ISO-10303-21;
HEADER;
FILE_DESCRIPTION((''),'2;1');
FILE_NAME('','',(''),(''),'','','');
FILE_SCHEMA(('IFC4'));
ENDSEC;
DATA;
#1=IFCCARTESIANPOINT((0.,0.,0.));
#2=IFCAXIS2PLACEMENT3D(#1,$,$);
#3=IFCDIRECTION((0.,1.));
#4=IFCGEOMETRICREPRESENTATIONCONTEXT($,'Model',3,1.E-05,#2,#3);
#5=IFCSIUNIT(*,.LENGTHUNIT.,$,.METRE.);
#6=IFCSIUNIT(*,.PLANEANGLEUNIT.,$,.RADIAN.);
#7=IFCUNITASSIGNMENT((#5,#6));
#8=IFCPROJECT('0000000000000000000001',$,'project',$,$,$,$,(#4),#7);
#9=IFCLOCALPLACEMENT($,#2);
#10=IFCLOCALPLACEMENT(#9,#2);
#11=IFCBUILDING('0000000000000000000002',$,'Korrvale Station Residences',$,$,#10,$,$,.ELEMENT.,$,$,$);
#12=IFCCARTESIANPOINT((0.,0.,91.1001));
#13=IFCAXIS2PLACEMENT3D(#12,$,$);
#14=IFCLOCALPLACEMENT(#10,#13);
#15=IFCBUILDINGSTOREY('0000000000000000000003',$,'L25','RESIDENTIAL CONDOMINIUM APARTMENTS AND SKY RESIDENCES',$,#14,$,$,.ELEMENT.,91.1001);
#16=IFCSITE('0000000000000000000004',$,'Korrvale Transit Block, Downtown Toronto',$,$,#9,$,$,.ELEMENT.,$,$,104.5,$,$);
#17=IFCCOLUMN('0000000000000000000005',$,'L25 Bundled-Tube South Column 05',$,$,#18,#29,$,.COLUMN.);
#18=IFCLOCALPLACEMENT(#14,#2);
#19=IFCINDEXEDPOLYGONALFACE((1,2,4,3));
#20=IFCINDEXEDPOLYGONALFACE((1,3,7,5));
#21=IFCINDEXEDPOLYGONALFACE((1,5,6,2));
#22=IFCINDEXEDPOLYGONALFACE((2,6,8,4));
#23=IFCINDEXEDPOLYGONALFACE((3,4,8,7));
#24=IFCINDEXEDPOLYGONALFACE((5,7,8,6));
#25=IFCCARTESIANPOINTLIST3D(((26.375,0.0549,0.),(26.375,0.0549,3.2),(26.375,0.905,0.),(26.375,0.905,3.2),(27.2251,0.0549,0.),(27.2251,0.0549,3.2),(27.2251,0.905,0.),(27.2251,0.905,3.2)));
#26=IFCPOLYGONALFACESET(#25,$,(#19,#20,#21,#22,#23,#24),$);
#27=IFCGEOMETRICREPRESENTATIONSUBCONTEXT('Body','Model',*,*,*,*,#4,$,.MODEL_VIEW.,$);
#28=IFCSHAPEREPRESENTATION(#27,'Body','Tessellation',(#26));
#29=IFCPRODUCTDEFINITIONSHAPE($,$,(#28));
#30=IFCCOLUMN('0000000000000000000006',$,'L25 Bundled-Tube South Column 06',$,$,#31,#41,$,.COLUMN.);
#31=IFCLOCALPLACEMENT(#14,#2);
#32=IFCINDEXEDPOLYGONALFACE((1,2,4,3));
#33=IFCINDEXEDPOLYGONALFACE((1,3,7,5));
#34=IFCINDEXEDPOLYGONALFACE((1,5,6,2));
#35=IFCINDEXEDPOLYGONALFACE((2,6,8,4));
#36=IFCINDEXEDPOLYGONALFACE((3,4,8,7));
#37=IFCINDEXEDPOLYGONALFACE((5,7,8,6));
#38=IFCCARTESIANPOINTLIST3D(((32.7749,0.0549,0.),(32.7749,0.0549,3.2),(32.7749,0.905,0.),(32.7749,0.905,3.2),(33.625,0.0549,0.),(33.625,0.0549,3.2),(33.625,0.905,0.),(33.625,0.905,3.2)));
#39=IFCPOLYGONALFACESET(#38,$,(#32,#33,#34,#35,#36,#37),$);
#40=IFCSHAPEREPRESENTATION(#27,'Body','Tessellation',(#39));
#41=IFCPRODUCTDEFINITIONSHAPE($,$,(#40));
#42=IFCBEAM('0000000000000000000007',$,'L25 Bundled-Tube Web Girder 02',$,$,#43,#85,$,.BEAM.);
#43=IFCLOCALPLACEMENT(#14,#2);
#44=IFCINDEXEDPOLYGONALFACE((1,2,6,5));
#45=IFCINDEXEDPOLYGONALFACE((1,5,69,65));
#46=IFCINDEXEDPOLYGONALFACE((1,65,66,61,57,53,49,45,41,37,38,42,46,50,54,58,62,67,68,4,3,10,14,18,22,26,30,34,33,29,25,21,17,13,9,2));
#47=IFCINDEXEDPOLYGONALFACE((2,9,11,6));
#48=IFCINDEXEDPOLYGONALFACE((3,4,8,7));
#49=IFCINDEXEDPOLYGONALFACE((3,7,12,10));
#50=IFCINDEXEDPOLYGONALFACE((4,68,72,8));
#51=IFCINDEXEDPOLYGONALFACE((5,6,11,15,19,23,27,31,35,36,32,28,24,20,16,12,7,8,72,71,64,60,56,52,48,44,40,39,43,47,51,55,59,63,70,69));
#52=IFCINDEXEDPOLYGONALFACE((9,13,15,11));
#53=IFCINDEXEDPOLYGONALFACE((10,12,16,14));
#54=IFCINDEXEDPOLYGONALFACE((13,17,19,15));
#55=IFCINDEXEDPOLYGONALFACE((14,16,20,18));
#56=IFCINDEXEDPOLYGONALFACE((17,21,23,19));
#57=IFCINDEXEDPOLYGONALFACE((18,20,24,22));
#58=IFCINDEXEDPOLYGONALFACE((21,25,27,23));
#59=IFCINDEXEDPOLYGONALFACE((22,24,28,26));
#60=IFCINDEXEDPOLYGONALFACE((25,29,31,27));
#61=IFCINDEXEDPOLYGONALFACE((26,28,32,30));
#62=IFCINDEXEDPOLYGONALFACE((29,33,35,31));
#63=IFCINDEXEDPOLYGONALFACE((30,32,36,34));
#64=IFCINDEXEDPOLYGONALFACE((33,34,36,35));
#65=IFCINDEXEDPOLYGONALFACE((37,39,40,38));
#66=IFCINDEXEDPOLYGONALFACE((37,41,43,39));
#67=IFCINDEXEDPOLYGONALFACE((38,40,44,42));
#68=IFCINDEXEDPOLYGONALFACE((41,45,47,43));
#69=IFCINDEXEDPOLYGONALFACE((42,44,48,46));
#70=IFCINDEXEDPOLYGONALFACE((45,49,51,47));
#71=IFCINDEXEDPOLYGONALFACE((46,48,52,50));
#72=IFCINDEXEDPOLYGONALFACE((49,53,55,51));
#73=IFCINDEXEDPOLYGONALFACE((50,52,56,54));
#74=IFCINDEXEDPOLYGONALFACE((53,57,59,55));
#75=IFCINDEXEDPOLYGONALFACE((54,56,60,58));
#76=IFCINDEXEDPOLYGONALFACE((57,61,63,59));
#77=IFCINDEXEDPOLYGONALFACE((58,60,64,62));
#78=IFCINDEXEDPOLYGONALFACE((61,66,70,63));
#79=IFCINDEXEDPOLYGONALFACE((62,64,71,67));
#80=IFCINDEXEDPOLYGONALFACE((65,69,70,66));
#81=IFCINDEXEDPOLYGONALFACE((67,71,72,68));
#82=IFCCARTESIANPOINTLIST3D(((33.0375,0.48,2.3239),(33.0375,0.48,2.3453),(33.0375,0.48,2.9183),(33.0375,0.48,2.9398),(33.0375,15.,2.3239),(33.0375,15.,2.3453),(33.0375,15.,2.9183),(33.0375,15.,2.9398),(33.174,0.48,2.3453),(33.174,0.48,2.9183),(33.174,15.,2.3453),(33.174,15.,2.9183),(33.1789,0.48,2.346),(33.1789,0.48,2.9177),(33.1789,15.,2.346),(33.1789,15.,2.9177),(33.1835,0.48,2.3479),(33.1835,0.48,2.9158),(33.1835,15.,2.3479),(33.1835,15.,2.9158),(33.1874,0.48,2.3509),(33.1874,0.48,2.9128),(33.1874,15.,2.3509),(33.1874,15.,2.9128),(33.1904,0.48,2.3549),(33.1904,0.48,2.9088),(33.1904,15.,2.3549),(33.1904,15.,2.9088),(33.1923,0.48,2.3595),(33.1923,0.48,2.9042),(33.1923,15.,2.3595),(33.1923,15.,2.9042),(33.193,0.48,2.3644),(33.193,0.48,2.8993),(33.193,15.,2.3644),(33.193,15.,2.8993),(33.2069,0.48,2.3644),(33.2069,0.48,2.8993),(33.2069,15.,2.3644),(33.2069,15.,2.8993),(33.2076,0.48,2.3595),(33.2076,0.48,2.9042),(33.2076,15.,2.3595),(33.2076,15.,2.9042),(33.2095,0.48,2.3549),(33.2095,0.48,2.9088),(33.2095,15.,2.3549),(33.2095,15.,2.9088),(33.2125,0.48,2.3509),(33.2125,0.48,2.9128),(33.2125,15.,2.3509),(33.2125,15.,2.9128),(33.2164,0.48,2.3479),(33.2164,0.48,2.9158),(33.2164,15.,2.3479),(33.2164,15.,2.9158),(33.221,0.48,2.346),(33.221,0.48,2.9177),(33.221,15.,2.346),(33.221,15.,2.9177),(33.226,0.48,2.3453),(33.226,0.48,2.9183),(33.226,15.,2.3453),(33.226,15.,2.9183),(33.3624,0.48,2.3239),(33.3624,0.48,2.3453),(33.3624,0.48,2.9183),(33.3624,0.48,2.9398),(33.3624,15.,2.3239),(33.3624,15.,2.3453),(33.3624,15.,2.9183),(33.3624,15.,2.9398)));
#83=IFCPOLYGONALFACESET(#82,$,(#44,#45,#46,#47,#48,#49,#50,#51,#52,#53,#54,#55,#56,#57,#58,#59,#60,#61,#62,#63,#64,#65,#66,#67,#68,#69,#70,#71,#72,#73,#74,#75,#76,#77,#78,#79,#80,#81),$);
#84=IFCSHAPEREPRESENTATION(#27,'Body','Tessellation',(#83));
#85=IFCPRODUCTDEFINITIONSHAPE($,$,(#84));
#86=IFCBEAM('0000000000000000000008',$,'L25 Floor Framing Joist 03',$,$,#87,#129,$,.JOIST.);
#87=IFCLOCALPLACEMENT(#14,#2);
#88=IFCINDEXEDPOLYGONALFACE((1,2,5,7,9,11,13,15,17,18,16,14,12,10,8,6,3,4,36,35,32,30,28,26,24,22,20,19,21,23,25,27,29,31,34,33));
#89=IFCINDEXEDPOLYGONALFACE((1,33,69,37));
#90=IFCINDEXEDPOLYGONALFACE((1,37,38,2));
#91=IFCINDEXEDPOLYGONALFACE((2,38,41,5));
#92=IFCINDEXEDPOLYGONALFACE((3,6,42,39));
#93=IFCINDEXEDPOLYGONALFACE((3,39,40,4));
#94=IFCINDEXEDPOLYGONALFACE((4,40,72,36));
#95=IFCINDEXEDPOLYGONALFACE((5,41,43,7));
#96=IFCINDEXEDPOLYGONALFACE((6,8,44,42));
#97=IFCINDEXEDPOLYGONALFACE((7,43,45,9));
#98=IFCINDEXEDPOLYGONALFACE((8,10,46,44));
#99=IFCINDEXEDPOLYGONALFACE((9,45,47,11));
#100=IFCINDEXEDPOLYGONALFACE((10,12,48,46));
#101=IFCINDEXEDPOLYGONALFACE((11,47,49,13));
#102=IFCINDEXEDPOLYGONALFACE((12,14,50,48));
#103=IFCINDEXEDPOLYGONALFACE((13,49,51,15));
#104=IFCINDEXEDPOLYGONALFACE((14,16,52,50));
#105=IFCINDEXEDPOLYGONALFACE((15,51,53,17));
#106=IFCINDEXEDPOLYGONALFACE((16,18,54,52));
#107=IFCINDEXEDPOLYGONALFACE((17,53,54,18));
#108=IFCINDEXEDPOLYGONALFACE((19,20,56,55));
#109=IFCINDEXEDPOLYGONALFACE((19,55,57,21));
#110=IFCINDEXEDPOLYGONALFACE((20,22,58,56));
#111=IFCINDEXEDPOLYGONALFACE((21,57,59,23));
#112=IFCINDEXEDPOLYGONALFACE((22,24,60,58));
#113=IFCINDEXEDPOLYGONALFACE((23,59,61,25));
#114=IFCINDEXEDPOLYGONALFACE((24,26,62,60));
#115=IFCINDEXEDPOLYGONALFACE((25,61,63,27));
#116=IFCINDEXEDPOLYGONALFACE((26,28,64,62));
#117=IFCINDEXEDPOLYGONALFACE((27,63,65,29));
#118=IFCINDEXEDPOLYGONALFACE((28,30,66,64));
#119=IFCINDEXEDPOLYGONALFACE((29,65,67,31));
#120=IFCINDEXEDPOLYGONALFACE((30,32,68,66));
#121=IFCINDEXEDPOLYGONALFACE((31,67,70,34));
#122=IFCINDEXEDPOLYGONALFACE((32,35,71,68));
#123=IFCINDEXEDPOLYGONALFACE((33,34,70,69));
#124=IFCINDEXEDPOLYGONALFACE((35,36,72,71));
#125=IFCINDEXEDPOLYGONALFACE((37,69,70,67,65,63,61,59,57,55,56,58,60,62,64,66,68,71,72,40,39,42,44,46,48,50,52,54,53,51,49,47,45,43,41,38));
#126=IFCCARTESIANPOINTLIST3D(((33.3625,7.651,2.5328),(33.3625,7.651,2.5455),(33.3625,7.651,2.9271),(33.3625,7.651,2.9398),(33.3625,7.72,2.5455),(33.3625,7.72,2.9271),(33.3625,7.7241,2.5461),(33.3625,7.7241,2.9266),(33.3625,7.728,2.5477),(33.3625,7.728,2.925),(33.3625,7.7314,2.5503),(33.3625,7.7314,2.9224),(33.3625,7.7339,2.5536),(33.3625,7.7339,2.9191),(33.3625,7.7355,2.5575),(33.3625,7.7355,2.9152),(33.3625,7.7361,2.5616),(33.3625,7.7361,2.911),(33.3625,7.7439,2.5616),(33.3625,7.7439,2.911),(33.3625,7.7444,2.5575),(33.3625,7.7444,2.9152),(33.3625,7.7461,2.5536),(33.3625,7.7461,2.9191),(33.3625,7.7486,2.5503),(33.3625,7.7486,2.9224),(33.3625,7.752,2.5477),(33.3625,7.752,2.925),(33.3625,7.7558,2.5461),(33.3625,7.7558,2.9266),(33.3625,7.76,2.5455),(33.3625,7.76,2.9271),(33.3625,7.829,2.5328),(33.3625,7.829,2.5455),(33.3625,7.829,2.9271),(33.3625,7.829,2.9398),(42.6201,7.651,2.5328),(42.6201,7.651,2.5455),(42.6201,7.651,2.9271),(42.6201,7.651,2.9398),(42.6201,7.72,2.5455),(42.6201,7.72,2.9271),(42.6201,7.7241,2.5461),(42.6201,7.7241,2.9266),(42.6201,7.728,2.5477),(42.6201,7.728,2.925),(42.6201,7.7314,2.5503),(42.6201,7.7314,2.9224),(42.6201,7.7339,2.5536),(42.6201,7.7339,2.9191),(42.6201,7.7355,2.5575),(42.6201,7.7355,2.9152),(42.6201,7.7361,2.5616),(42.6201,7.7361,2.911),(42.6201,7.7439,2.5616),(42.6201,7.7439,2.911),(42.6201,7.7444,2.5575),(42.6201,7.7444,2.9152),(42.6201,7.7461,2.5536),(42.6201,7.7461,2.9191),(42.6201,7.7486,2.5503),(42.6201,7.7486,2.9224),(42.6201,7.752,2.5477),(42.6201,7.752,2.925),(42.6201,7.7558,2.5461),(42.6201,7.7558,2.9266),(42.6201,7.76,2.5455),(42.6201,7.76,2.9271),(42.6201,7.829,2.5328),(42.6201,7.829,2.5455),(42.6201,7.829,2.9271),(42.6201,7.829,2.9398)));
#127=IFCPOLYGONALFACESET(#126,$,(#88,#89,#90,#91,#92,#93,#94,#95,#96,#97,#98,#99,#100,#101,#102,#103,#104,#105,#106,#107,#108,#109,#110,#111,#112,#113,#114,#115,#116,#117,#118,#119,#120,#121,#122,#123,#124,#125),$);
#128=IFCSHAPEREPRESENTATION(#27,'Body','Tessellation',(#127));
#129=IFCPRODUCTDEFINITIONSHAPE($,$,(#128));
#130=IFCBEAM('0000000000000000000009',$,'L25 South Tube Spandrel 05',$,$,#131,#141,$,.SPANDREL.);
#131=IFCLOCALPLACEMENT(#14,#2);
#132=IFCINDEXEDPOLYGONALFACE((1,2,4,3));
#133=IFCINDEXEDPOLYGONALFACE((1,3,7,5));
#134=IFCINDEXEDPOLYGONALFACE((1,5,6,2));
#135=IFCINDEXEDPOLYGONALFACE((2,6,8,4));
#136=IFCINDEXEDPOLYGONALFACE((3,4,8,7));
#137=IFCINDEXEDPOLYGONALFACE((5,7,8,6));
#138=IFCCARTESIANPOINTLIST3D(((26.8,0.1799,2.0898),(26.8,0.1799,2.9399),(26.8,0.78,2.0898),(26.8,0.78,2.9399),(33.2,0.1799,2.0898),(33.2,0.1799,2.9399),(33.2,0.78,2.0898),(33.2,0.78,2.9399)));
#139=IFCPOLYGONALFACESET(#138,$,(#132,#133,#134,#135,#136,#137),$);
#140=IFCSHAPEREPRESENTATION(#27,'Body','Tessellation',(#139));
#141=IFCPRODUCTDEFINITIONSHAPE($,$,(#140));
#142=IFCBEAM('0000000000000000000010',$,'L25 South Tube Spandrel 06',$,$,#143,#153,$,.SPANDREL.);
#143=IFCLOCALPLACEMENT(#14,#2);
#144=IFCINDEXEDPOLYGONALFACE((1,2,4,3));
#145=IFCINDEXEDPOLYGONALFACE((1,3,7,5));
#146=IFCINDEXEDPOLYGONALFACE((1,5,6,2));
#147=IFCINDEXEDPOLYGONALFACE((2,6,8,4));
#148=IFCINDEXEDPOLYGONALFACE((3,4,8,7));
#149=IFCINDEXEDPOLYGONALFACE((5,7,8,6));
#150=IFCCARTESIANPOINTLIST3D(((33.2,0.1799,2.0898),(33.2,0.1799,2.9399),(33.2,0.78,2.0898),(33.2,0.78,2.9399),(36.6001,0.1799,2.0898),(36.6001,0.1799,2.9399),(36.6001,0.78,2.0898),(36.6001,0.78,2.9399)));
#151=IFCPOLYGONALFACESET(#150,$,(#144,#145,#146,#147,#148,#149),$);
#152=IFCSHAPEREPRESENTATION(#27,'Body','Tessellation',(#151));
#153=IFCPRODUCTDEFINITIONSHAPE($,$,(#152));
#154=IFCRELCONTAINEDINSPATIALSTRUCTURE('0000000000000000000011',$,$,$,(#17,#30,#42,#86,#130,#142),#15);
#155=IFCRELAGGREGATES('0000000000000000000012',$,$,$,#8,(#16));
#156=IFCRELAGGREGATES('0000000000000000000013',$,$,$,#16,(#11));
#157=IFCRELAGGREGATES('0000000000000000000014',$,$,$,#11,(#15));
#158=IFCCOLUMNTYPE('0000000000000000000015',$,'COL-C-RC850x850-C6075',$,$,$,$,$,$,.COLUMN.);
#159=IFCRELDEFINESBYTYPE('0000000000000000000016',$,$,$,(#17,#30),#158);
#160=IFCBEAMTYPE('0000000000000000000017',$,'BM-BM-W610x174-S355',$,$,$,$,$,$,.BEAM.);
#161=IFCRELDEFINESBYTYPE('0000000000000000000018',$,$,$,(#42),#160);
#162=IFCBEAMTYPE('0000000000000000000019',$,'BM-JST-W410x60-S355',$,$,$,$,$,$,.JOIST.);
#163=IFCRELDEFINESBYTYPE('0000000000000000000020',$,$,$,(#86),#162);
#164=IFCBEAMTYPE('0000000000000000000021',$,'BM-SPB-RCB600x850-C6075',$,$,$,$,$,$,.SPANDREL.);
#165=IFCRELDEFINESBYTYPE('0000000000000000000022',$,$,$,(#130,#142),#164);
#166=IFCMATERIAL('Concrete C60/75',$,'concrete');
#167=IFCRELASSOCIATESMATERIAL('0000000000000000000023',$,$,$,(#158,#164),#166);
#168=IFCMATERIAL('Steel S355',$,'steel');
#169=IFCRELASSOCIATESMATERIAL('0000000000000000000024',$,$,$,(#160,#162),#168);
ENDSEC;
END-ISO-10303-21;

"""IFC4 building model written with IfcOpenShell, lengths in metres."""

from ifc_helpers import new_model, si_unit, direction, frame, origin, origin_2d, place, context, subcontext, project, spatial, rectangle, i_section, extrude, material, material_profile, profile_set, type_object, element, save


model = new_model("IFC4")

# Units and contexts
model_context = context("Model", 3, precision=1e-05, world=origin(), true_north=direction((0.0, 1.0)))
body_context = subcontext(model_context, "Body", "Model", "MODEL_VIEW")
ifc_project = project(units=[si_unit("LENGTHUNIT", "METRE"), si_unit("PLANEANGLEUNIT", "RADIAN")], contexts=[model_context])

# Site, building, storey
site_placement = place(None, origin())
site = spatial("IfcSite", under=ifc_project, at=site_placement, Name="Korrvale Transit Block, Downtown Toronto", CompositionType="ELEMENT", RefElevation=104.5)
building_placement = place(site_placement, origin())
building = spatial("IfcBuilding", under=site, at=building_placement, Name="Korrvale Station Residences", CompositionType="ELEMENT")
storey_placement = place(building_placement, frame((0.0, 0.0, 91.1001)))
storey = spatial("IfcBuildingStorey", under=building, at=storey_placement, Name="L25", Description="RESIDENTIAL CONDOMINIUM APARTMENTS AND SKY RESIDENCES", CompositionType="ELEMENT", Elevation=91.1001)

# Columns
ifc_material_1 = material(Name="Concrete C60/75", Category="concrete")
ifc_material_profile_1 = material_profile(ifc_material_1, rectangle(XDim=0.8501, YDim=0.8501, at=origin_2d()), Name="RC850x850")
ifc_profile_set_1 = profile_set([ifc_material_profile_1], Name="Concrete C60/75")
column_type = type_object("IfcColumnType", Name="COL-C-RC850x850-C6075", PredefinedType="COLUMN", material=ifc_profile_set_1)
for number, where, z_axis, x_axis, name in (
    (1, (26.8, 0.48, 0.0), (0.0, 0.0, 1.0), (1.0, 0.0, 0.0), "L25 Bundled-Tube South Column 05"),
    (2, (33.2, 0.48, 0.0), (0.0, 0.0, 1.0), (1.0, 0.0, 0.0), "L25 Bundled-Tube South Column 06"),
):
    element("IfcColumn", number, at=place(storey_placement, frame(where, z_axis=z_axis, x_axis=x_axis)), inside=storey, type_object=column_type, Name=name, PredefinedType="COLUMN", context=body_context, shape_type="SweptSolid", body=[
        extrude(rectangle(XDim=0.8501, YDim=0.8501, at=origin_2d()), origin(), (0.0, 0.0, 1.0), 3.2),
    ])

# Beams
ifc_material_2 = material(Name="Steel S355", Category="steel")
ifc_material_profile_2 = material_profile(ifc_material_2, i_section(OverallWidth=0.325, OverallDepth=0.616, WebThickness=0.0139, FlangeThickness=0.0215, FilletRadius=0.019, at=origin_2d()), Name="W610x174")
ifc_profile_set_2 = profile_set([ifc_material_profile_2], Name="Steel S355")
beam_type_1 = type_object("IfcBeamType", Name="BM-BM-W610x174-S355", PredefinedType="BEAM", material=ifc_profile_set_2)
beam_1_placement = place(storey_placement, frame((33.2, 0.48, 2.6318), z_axis=(0.0, 1.0, 0.0), x_axis=(-1.0, 0.0, 0.0)))
element("IfcBeam", 3, at=beam_1_placement, inside=storey, type_object=beam_type_1, Name="L25 Bundled-Tube Web Girder 02", PredefinedType="BEAM", context=body_context, shape_type="SweptSolid", body=[
    extrude(i_section(OverallWidth=0.325, OverallDepth=0.616, WebThickness=0.0139, FlangeThickness=0.0215, FilletRadius=0.019, at=origin_2d()), origin(), (0.0, 0.0, 1.0), 14.52),
])
ifc_material_profile_3 = material_profile(ifc_material_2, i_section(OverallWidth=0.178, OverallDepth=0.407, WebThickness=0.0078, FlangeThickness=0.0127, FilletRadius=0.0161, at=origin_2d()), Name="W410x60")
ifc_profile_set_3 = profile_set([ifc_material_profile_3], Name="Steel S355")
beam_type_2 = type_object("IfcBeamType", Name="BM-JST-W410x60-S355", PredefinedType="JOIST", material=ifc_profile_set_3)
beam_2_placement = place(storey_placement, frame((33.3625, 7.74, 2.7363), z_axis=(1.0, 0.0, 0.0), x_axis=(0.0, 1.0, 0.0)))
element("IfcBeam", 4, at=beam_2_placement, inside=storey, type_object=beam_type_2, Name="L25 Floor Framing Joist 03", PredefinedType="JOIST", context=body_context, shape_type="SweptSolid", body=[
    extrude(i_section(OverallWidth=0.178, OverallDepth=0.407, WebThickness=0.0078, FlangeThickness=0.0127, FilletRadius=0.0161, at=origin_2d()), origin(), (0.0, 0.0, 1.0), 9.2576),
])
ifc_material_profile_4 = material_profile(ifc_material_1, rectangle(XDim=0.6001, YDim=0.8501, at=origin_2d()), Name="RCB600x850")
ifc_profile_set_4 = profile_set([ifc_material_profile_4], Name="Concrete C60/75")
beam_type_3 = type_object("IfcBeamType", Name="BM-SPB-RCB600x850-C6075", PredefinedType="SPANDREL", material=ifc_profile_set_4)
beam_3_placement = place(storey_placement, frame((26.8, 0.48, 2.5149), z_axis=(1.0, 0.0, 0.0), x_axis=(0.0, 1.0, 0.0)))
element("IfcBeam", 5, at=beam_3_placement, inside=storey, type_object=beam_type_3, Name="L25 South Tube Spandrel 05", PredefinedType="SPANDREL", context=body_context, shape_type="SweptSolid", body=[
    extrude(rectangle(XDim=0.6001, YDim=0.8501, at=origin_2d()), origin(), (0.0, 0.0, 1.0), 6.3999),
])
beam_4_placement = place(storey_placement, frame((33.2, 0.48, 2.5149), z_axis=(1.0, 0.0, 0.0), x_axis=(0.0, 1.0, 0.0)))
element("IfcBeam", 6, at=beam_4_placement, inside=storey, type_object=beam_type_3, Name="L25 South Tube Spandrel 06", PredefinedType="SPANDREL", context=body_context, shape_type="SweptSolid", body=[
    extrude(rectangle(XDim=0.6001, YDim=0.8501, at=origin_2d()), origin(), (0.0, 0.0, 1.0), 3.4001),
])

save(model, "model.ifc")
